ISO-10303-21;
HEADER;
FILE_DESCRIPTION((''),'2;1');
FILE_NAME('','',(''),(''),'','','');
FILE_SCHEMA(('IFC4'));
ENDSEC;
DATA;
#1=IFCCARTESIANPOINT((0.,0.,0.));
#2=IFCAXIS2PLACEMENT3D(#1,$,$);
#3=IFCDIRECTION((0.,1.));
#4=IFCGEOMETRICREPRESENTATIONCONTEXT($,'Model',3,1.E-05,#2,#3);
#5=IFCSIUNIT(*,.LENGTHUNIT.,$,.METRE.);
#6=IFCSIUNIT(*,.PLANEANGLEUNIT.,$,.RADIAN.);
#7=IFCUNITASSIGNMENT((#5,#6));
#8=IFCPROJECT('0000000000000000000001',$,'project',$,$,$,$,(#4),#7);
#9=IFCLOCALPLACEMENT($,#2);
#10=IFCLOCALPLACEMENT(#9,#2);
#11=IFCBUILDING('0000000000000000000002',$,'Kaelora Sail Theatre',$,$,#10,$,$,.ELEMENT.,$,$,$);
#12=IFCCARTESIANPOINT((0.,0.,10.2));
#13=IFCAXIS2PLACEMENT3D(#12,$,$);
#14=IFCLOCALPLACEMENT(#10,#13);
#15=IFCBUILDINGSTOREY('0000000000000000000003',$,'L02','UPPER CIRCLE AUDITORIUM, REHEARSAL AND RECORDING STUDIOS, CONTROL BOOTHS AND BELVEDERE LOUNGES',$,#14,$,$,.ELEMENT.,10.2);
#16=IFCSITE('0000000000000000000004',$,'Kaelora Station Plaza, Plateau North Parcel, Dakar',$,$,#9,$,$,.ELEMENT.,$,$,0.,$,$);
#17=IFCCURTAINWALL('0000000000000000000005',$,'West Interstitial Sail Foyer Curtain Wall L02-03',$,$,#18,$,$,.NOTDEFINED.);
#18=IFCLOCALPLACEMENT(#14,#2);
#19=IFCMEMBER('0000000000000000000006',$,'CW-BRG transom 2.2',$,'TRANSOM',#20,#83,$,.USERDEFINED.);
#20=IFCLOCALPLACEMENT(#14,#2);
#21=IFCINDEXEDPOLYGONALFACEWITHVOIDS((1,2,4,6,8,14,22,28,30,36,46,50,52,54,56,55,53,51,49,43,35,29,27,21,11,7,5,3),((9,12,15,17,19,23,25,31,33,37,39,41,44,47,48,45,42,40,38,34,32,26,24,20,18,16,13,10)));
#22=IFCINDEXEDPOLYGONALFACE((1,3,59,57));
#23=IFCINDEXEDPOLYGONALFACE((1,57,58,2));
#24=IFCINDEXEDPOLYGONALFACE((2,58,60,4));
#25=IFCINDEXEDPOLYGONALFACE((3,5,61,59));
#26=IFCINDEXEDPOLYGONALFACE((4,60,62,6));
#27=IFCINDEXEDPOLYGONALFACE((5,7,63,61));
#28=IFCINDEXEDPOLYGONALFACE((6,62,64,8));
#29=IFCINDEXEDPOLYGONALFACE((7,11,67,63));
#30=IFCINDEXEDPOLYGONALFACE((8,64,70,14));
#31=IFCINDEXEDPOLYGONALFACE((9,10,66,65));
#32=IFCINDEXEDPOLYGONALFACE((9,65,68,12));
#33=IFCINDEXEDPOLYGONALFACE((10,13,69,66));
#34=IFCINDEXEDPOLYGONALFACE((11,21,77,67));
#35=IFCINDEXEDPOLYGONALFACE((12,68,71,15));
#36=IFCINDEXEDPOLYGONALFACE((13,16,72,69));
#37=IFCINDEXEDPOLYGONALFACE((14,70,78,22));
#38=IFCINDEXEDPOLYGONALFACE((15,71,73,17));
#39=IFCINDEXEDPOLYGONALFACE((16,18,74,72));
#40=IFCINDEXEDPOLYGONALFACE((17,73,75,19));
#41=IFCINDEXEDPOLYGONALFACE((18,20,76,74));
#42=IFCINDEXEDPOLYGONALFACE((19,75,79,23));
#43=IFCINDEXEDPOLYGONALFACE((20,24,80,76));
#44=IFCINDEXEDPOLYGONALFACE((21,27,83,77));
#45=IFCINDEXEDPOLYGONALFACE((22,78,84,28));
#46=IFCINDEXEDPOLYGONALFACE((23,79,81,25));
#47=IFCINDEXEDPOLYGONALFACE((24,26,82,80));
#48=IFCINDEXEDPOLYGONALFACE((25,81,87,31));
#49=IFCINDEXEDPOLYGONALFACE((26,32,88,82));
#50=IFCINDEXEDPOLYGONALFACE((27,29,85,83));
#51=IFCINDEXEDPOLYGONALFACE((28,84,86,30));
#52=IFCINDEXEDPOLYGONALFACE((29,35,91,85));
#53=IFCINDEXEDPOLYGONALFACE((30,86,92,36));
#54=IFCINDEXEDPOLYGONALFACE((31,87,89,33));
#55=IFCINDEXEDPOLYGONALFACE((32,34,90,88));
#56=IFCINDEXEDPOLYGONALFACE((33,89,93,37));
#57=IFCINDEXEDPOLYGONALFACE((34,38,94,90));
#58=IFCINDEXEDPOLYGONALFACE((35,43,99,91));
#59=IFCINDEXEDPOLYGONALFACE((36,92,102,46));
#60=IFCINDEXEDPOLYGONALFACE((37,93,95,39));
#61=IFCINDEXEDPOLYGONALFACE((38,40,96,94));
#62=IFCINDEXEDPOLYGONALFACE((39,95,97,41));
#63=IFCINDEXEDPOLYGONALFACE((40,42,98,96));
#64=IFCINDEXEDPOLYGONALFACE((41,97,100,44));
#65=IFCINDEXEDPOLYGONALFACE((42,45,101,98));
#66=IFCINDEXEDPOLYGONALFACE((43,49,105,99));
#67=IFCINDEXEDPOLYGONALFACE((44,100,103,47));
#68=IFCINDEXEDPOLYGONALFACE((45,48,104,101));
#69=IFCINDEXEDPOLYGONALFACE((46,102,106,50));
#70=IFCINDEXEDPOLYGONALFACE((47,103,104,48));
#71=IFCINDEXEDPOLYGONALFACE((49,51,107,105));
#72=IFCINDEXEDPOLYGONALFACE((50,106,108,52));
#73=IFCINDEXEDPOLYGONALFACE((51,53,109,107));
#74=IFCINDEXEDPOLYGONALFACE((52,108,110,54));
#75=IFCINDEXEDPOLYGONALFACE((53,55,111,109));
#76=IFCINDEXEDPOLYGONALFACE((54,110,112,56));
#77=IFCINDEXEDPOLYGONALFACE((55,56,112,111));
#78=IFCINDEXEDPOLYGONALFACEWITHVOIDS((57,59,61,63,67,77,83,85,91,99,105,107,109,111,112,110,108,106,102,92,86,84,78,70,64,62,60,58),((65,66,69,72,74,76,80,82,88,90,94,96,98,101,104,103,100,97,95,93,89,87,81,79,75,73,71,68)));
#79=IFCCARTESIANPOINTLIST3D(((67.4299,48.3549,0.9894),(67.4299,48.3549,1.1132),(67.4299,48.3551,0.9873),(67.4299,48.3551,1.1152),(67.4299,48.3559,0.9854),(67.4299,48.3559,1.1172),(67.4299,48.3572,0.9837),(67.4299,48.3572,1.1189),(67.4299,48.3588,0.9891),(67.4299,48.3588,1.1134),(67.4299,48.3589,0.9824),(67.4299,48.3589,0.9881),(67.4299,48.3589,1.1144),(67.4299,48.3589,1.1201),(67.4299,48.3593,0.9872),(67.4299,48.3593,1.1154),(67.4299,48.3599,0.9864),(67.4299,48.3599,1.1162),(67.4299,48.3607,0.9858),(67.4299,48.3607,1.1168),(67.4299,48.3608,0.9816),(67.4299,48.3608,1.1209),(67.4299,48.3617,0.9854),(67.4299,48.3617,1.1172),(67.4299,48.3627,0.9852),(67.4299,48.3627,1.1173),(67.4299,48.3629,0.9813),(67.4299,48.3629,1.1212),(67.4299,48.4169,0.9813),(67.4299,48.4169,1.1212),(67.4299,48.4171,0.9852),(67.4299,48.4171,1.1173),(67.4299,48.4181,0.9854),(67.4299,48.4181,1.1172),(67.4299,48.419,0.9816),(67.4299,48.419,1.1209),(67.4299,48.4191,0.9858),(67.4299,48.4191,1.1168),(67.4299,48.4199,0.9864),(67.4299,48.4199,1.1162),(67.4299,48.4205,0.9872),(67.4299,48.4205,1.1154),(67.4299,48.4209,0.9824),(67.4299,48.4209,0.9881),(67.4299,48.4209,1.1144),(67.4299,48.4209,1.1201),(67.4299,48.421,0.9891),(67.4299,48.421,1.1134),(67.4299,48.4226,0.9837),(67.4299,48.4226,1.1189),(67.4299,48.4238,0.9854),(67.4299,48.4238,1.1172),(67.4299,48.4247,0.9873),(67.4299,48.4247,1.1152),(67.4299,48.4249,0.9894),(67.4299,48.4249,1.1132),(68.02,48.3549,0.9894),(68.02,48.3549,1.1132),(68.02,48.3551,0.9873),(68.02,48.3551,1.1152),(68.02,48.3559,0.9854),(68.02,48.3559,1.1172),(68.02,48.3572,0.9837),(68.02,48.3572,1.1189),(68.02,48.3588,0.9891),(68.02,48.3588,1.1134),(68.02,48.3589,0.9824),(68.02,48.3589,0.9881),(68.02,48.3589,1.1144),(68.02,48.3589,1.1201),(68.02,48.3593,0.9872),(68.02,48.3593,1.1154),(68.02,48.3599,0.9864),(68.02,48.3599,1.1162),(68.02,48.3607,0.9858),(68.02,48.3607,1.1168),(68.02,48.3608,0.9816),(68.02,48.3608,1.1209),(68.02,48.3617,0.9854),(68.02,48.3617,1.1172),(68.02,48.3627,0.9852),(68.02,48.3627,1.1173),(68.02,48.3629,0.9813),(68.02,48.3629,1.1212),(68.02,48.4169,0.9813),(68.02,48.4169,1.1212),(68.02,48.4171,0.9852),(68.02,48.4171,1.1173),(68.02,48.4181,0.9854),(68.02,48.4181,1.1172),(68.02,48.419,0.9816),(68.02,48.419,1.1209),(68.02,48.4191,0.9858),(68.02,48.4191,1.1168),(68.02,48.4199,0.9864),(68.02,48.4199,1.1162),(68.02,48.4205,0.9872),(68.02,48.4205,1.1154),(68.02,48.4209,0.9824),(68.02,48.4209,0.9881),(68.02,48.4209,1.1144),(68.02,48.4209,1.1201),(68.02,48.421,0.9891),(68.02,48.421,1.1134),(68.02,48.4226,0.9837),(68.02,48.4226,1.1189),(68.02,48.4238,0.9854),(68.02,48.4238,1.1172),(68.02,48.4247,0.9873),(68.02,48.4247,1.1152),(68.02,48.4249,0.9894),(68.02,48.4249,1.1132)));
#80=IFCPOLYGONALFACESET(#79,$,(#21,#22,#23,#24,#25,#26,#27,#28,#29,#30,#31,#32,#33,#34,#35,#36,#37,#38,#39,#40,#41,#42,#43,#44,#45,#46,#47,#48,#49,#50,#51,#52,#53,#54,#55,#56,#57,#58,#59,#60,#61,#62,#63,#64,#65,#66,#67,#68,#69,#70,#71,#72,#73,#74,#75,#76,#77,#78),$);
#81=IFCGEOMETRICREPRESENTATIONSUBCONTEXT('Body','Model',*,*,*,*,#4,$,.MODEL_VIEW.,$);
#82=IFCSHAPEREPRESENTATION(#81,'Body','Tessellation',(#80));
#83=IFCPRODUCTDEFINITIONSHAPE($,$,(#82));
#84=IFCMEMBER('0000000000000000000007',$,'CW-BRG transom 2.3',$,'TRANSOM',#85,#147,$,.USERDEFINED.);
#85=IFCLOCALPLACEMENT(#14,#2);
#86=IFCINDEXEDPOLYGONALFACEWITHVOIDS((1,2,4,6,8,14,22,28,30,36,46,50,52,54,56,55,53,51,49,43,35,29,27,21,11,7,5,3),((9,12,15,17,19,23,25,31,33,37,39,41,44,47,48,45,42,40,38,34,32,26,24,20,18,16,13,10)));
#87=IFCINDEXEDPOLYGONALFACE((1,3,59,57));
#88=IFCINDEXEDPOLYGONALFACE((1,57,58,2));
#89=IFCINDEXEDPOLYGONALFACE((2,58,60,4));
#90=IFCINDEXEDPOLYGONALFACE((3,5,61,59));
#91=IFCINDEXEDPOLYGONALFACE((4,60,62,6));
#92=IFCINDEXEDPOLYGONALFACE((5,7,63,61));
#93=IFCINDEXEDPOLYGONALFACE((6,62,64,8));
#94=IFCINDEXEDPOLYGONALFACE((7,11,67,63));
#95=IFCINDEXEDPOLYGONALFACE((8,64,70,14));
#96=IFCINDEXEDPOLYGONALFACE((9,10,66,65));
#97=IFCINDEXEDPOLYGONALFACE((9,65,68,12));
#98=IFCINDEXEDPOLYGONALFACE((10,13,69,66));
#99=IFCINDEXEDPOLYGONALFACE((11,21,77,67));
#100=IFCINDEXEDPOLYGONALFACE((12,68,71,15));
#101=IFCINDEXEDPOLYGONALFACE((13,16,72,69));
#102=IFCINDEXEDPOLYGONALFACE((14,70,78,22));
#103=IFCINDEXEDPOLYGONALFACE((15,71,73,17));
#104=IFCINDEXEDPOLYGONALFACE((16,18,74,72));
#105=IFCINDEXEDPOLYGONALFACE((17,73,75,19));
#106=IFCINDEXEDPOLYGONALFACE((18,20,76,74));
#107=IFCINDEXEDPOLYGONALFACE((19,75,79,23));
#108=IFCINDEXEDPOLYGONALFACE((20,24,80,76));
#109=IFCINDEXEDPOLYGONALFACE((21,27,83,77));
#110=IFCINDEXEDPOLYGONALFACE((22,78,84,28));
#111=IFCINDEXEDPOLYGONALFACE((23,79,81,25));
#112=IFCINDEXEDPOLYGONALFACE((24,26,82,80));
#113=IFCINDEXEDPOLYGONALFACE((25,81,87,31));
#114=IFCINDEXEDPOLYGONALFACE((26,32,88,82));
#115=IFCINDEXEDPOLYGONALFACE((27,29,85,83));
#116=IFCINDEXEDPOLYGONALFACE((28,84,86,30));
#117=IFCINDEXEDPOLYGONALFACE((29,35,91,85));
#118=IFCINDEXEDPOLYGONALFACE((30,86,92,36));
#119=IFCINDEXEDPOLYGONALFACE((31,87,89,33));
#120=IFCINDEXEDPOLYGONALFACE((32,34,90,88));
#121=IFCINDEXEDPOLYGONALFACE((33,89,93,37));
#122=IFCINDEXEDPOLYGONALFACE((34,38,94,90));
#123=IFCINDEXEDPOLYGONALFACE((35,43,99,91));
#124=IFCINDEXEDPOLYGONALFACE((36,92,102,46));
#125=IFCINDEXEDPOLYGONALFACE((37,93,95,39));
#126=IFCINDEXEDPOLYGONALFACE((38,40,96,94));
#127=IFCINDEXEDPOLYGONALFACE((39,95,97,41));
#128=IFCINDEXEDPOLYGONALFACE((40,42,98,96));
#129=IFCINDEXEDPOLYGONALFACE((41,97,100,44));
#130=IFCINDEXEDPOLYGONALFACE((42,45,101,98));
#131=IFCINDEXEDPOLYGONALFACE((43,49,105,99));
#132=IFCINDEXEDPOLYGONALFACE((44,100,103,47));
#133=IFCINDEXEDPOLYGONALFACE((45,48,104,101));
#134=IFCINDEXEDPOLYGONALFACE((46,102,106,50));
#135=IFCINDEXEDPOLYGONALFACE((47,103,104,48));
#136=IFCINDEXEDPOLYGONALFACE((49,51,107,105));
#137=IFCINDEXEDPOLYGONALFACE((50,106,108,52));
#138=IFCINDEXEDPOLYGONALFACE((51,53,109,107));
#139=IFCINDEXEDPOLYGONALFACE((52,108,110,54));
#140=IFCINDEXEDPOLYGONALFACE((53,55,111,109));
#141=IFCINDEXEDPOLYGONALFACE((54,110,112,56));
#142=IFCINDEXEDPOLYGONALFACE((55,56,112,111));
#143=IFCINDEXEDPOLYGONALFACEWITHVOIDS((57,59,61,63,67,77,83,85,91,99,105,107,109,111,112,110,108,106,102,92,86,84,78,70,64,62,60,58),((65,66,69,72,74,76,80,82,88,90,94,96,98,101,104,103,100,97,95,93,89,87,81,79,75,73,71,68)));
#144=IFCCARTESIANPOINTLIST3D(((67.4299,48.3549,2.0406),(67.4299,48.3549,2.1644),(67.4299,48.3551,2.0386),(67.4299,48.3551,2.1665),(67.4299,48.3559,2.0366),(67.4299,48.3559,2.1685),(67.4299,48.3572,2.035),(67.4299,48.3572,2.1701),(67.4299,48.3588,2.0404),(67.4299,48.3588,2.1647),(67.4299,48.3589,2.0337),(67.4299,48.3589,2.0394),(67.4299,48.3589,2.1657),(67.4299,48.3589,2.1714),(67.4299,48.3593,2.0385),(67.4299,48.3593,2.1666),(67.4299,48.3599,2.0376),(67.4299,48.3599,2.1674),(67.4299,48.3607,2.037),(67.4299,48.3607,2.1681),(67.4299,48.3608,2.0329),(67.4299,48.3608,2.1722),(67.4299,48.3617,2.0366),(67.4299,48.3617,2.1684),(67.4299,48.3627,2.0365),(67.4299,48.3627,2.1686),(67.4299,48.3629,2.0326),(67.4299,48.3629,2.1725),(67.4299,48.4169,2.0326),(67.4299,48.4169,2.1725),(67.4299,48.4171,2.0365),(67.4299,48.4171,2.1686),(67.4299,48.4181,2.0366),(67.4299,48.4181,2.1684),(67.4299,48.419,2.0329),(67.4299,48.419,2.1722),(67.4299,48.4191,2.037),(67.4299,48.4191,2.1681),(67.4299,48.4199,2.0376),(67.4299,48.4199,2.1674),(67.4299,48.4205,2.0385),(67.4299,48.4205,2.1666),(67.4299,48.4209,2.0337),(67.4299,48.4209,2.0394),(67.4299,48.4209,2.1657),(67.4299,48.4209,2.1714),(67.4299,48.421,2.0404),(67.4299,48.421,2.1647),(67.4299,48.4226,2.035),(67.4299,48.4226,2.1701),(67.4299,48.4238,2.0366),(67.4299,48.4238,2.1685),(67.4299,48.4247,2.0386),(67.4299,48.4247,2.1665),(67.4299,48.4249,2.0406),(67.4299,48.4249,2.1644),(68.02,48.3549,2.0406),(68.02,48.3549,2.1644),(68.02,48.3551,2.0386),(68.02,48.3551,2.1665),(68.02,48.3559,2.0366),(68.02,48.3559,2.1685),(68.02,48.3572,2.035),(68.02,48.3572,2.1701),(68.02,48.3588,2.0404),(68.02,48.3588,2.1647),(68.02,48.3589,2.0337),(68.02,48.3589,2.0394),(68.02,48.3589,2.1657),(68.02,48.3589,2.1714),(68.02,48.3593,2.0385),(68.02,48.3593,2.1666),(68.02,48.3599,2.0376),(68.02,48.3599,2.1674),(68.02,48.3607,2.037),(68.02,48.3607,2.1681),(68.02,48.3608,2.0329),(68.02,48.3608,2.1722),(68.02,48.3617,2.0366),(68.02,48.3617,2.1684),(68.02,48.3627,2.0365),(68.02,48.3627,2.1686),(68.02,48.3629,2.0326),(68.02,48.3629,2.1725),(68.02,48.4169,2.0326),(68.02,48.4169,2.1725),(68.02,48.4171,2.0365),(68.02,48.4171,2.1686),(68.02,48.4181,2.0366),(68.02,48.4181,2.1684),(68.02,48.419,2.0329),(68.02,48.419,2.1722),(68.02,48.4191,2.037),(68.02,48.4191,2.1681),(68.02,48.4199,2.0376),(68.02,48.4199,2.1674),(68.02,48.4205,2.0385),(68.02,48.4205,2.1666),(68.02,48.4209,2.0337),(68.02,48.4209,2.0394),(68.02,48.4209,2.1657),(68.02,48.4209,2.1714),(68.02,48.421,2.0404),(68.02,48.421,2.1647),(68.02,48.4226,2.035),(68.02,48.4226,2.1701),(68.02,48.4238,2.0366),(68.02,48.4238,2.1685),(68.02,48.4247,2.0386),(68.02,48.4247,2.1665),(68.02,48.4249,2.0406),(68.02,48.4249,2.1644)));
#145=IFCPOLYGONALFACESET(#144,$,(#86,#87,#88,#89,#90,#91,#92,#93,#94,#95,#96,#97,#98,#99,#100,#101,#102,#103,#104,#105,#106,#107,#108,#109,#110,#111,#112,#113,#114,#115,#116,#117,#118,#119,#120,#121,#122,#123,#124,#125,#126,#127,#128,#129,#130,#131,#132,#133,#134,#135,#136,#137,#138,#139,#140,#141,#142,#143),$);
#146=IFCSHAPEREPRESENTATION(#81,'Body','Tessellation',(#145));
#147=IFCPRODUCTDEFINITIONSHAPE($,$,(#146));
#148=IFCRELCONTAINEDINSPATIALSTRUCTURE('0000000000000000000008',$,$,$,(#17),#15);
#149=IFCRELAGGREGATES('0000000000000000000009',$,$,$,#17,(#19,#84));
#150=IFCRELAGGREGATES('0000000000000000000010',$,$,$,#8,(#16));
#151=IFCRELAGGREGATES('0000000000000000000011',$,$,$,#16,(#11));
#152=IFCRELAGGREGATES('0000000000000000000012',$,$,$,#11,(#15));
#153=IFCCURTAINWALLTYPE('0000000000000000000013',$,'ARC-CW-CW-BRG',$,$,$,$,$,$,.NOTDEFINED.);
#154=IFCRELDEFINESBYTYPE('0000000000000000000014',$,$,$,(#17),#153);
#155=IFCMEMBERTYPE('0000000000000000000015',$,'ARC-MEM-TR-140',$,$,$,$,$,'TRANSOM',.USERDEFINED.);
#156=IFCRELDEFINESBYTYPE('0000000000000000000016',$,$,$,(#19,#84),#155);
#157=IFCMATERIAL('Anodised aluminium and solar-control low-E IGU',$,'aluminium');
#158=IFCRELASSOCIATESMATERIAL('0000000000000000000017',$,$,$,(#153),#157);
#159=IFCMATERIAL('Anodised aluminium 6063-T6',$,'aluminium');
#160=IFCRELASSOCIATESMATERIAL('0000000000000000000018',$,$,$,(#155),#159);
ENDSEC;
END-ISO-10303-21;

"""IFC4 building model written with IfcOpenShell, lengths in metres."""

from ifc_helpers import new_model, si_unit, direction, frame, origin, origin_2d, place, context, subcontext, project, spatial, hollow_rectangle, extrude, material, material_profile, profile_set, type_object, element, aggregate, save


model = new_model("IFC4")

# Units and contexts
model_context = context("Model", 3, precision=1e-05, world=origin(), true_north=direction((0.0, 1.0)))
body_context = subcontext(model_context, "Body", "Model", "MODEL_VIEW")
ifc_project = project(units=[si_unit("LENGTHUNIT", "METRE"), si_unit("PLANEANGLEUNIT", "RADIAN")], contexts=[model_context])

# Site, building, storey
site_placement = place(None, origin())
site = spatial("IfcSite", under=ifc_project, at=site_placement, Name="Kaelora Station Plaza, Plateau North Parcel, Dakar", CompositionType="ELEMENT", RefElevation=0.0)
building_placement = place(site_placement, origin())
building = spatial("IfcBuilding", under=site, at=building_placement, Name="Kaelora Sail Theatre", CompositionType="ELEMENT")
storey_placement = place(building_placement, frame((0.0, 0.0, 10.2)))
storey = spatial("IfcBuildingStorey", under=building, at=storey_placement, Name="L02", Description="UPPER CIRCLE AUDITORIUM, REHEARSAL AND RECORDING STUDIOS, CONTROL BOOTHS AND BELVEDERE LOUNGES", CompositionType="ELEMENT", Elevation=10.2)

# Shared definitions
ifc_material_1 = material(Name="Anodised aluminium and solar-control low-E IGU", Category="aluminium")
curtain_wall_type = type_object("IfcCurtainWallType", Name="ARC-CW-CW-BRG", PredefinedType="NOTDEFINED", material=ifc_material_1)

# Curtain wall, members
curtain_wall_1_placement = place(storey_placement, origin())
curtain_wall_1 = element("IfcCurtainWall", 1, at=curtain_wall_1_placement, inside=storey, type_object=curtain_wall_type, Name="West Interstitial Sail Foyer Curtain Wall L02-03", PredefinedType="NOTDEFINED")
ifc_material_2 = material(Name="Anodised aluminium 6063-T6", Category="aluminium")
ifc_material_profile_1 = material_profile(ifc_material_2, hollow_rectangle(XDim=0.0701, YDim=0.1399, WallThickness=0.0039, InnerFilletRadius=0.0039, OuterFilletRadius=0.0081, at=origin_2d()), Name="ALU-TRAN 70x140x4")
ifc_profile_set_1 = profile_set([ifc_material_profile_1], Name="Anodised aluminium 6063-T6")
member_type_1 = type_object("IfcMemberType", Name="ARC-MEM-TR-140", ElementType="TRANSOM", PredefinedType="USERDEFINED", material=ifc_profile_set_1)
member_1_placement = place(storey_placement, frame((67.4299, 48.3899, 1.0513), z_axis=(1.0, 0.0, 0.0), x_axis=(0.0, 1.0, 0.0)))
member_1 = element("IfcMember", 2, at=member_1_placement, type_object=member_type_1, Name="CW-BRG transom 2.2", ObjectType="TRANSOM", PredefinedType="USERDEFINED", context=body_context, shape_type="SweptSolid", body=[
    extrude(hollow_rectangle(XDim=0.0701, YDim=0.1399, WallThickness=0.0039, InnerFilletRadius=0.0039, OuterFilletRadius=0.0081, at=origin_2d()), origin(), (0.0, 0.0, 1.0), 0.5901),
])
member_2_placement = place(storey_placement, frame((67.4299, 48.3899, 2.1025), z_axis=(1.0, 0.0, 0.0), x_axis=(0.0, 1.0, 0.0)))
member_2 = element("IfcMember", 3, at=member_2_placement, type_object=member_type_1, Name="CW-BRG transom 2.3", ObjectType="TRANSOM", PredefinedType="USERDEFINED", context=body_context, shape_type="SweptSolid", body=[
    extrude(hollow_rectangle(XDim=0.0701, YDim=0.1399, WallThickness=0.0039, InnerFilletRadius=0.0039, OuterFilletRadius=0.0081, at=origin_2d()), origin(), (0.0, 0.0, 1.0), 0.5901),
])

aggregate(curtain_wall_1, [member_1, member_2])

save(model, "model.ifc")
